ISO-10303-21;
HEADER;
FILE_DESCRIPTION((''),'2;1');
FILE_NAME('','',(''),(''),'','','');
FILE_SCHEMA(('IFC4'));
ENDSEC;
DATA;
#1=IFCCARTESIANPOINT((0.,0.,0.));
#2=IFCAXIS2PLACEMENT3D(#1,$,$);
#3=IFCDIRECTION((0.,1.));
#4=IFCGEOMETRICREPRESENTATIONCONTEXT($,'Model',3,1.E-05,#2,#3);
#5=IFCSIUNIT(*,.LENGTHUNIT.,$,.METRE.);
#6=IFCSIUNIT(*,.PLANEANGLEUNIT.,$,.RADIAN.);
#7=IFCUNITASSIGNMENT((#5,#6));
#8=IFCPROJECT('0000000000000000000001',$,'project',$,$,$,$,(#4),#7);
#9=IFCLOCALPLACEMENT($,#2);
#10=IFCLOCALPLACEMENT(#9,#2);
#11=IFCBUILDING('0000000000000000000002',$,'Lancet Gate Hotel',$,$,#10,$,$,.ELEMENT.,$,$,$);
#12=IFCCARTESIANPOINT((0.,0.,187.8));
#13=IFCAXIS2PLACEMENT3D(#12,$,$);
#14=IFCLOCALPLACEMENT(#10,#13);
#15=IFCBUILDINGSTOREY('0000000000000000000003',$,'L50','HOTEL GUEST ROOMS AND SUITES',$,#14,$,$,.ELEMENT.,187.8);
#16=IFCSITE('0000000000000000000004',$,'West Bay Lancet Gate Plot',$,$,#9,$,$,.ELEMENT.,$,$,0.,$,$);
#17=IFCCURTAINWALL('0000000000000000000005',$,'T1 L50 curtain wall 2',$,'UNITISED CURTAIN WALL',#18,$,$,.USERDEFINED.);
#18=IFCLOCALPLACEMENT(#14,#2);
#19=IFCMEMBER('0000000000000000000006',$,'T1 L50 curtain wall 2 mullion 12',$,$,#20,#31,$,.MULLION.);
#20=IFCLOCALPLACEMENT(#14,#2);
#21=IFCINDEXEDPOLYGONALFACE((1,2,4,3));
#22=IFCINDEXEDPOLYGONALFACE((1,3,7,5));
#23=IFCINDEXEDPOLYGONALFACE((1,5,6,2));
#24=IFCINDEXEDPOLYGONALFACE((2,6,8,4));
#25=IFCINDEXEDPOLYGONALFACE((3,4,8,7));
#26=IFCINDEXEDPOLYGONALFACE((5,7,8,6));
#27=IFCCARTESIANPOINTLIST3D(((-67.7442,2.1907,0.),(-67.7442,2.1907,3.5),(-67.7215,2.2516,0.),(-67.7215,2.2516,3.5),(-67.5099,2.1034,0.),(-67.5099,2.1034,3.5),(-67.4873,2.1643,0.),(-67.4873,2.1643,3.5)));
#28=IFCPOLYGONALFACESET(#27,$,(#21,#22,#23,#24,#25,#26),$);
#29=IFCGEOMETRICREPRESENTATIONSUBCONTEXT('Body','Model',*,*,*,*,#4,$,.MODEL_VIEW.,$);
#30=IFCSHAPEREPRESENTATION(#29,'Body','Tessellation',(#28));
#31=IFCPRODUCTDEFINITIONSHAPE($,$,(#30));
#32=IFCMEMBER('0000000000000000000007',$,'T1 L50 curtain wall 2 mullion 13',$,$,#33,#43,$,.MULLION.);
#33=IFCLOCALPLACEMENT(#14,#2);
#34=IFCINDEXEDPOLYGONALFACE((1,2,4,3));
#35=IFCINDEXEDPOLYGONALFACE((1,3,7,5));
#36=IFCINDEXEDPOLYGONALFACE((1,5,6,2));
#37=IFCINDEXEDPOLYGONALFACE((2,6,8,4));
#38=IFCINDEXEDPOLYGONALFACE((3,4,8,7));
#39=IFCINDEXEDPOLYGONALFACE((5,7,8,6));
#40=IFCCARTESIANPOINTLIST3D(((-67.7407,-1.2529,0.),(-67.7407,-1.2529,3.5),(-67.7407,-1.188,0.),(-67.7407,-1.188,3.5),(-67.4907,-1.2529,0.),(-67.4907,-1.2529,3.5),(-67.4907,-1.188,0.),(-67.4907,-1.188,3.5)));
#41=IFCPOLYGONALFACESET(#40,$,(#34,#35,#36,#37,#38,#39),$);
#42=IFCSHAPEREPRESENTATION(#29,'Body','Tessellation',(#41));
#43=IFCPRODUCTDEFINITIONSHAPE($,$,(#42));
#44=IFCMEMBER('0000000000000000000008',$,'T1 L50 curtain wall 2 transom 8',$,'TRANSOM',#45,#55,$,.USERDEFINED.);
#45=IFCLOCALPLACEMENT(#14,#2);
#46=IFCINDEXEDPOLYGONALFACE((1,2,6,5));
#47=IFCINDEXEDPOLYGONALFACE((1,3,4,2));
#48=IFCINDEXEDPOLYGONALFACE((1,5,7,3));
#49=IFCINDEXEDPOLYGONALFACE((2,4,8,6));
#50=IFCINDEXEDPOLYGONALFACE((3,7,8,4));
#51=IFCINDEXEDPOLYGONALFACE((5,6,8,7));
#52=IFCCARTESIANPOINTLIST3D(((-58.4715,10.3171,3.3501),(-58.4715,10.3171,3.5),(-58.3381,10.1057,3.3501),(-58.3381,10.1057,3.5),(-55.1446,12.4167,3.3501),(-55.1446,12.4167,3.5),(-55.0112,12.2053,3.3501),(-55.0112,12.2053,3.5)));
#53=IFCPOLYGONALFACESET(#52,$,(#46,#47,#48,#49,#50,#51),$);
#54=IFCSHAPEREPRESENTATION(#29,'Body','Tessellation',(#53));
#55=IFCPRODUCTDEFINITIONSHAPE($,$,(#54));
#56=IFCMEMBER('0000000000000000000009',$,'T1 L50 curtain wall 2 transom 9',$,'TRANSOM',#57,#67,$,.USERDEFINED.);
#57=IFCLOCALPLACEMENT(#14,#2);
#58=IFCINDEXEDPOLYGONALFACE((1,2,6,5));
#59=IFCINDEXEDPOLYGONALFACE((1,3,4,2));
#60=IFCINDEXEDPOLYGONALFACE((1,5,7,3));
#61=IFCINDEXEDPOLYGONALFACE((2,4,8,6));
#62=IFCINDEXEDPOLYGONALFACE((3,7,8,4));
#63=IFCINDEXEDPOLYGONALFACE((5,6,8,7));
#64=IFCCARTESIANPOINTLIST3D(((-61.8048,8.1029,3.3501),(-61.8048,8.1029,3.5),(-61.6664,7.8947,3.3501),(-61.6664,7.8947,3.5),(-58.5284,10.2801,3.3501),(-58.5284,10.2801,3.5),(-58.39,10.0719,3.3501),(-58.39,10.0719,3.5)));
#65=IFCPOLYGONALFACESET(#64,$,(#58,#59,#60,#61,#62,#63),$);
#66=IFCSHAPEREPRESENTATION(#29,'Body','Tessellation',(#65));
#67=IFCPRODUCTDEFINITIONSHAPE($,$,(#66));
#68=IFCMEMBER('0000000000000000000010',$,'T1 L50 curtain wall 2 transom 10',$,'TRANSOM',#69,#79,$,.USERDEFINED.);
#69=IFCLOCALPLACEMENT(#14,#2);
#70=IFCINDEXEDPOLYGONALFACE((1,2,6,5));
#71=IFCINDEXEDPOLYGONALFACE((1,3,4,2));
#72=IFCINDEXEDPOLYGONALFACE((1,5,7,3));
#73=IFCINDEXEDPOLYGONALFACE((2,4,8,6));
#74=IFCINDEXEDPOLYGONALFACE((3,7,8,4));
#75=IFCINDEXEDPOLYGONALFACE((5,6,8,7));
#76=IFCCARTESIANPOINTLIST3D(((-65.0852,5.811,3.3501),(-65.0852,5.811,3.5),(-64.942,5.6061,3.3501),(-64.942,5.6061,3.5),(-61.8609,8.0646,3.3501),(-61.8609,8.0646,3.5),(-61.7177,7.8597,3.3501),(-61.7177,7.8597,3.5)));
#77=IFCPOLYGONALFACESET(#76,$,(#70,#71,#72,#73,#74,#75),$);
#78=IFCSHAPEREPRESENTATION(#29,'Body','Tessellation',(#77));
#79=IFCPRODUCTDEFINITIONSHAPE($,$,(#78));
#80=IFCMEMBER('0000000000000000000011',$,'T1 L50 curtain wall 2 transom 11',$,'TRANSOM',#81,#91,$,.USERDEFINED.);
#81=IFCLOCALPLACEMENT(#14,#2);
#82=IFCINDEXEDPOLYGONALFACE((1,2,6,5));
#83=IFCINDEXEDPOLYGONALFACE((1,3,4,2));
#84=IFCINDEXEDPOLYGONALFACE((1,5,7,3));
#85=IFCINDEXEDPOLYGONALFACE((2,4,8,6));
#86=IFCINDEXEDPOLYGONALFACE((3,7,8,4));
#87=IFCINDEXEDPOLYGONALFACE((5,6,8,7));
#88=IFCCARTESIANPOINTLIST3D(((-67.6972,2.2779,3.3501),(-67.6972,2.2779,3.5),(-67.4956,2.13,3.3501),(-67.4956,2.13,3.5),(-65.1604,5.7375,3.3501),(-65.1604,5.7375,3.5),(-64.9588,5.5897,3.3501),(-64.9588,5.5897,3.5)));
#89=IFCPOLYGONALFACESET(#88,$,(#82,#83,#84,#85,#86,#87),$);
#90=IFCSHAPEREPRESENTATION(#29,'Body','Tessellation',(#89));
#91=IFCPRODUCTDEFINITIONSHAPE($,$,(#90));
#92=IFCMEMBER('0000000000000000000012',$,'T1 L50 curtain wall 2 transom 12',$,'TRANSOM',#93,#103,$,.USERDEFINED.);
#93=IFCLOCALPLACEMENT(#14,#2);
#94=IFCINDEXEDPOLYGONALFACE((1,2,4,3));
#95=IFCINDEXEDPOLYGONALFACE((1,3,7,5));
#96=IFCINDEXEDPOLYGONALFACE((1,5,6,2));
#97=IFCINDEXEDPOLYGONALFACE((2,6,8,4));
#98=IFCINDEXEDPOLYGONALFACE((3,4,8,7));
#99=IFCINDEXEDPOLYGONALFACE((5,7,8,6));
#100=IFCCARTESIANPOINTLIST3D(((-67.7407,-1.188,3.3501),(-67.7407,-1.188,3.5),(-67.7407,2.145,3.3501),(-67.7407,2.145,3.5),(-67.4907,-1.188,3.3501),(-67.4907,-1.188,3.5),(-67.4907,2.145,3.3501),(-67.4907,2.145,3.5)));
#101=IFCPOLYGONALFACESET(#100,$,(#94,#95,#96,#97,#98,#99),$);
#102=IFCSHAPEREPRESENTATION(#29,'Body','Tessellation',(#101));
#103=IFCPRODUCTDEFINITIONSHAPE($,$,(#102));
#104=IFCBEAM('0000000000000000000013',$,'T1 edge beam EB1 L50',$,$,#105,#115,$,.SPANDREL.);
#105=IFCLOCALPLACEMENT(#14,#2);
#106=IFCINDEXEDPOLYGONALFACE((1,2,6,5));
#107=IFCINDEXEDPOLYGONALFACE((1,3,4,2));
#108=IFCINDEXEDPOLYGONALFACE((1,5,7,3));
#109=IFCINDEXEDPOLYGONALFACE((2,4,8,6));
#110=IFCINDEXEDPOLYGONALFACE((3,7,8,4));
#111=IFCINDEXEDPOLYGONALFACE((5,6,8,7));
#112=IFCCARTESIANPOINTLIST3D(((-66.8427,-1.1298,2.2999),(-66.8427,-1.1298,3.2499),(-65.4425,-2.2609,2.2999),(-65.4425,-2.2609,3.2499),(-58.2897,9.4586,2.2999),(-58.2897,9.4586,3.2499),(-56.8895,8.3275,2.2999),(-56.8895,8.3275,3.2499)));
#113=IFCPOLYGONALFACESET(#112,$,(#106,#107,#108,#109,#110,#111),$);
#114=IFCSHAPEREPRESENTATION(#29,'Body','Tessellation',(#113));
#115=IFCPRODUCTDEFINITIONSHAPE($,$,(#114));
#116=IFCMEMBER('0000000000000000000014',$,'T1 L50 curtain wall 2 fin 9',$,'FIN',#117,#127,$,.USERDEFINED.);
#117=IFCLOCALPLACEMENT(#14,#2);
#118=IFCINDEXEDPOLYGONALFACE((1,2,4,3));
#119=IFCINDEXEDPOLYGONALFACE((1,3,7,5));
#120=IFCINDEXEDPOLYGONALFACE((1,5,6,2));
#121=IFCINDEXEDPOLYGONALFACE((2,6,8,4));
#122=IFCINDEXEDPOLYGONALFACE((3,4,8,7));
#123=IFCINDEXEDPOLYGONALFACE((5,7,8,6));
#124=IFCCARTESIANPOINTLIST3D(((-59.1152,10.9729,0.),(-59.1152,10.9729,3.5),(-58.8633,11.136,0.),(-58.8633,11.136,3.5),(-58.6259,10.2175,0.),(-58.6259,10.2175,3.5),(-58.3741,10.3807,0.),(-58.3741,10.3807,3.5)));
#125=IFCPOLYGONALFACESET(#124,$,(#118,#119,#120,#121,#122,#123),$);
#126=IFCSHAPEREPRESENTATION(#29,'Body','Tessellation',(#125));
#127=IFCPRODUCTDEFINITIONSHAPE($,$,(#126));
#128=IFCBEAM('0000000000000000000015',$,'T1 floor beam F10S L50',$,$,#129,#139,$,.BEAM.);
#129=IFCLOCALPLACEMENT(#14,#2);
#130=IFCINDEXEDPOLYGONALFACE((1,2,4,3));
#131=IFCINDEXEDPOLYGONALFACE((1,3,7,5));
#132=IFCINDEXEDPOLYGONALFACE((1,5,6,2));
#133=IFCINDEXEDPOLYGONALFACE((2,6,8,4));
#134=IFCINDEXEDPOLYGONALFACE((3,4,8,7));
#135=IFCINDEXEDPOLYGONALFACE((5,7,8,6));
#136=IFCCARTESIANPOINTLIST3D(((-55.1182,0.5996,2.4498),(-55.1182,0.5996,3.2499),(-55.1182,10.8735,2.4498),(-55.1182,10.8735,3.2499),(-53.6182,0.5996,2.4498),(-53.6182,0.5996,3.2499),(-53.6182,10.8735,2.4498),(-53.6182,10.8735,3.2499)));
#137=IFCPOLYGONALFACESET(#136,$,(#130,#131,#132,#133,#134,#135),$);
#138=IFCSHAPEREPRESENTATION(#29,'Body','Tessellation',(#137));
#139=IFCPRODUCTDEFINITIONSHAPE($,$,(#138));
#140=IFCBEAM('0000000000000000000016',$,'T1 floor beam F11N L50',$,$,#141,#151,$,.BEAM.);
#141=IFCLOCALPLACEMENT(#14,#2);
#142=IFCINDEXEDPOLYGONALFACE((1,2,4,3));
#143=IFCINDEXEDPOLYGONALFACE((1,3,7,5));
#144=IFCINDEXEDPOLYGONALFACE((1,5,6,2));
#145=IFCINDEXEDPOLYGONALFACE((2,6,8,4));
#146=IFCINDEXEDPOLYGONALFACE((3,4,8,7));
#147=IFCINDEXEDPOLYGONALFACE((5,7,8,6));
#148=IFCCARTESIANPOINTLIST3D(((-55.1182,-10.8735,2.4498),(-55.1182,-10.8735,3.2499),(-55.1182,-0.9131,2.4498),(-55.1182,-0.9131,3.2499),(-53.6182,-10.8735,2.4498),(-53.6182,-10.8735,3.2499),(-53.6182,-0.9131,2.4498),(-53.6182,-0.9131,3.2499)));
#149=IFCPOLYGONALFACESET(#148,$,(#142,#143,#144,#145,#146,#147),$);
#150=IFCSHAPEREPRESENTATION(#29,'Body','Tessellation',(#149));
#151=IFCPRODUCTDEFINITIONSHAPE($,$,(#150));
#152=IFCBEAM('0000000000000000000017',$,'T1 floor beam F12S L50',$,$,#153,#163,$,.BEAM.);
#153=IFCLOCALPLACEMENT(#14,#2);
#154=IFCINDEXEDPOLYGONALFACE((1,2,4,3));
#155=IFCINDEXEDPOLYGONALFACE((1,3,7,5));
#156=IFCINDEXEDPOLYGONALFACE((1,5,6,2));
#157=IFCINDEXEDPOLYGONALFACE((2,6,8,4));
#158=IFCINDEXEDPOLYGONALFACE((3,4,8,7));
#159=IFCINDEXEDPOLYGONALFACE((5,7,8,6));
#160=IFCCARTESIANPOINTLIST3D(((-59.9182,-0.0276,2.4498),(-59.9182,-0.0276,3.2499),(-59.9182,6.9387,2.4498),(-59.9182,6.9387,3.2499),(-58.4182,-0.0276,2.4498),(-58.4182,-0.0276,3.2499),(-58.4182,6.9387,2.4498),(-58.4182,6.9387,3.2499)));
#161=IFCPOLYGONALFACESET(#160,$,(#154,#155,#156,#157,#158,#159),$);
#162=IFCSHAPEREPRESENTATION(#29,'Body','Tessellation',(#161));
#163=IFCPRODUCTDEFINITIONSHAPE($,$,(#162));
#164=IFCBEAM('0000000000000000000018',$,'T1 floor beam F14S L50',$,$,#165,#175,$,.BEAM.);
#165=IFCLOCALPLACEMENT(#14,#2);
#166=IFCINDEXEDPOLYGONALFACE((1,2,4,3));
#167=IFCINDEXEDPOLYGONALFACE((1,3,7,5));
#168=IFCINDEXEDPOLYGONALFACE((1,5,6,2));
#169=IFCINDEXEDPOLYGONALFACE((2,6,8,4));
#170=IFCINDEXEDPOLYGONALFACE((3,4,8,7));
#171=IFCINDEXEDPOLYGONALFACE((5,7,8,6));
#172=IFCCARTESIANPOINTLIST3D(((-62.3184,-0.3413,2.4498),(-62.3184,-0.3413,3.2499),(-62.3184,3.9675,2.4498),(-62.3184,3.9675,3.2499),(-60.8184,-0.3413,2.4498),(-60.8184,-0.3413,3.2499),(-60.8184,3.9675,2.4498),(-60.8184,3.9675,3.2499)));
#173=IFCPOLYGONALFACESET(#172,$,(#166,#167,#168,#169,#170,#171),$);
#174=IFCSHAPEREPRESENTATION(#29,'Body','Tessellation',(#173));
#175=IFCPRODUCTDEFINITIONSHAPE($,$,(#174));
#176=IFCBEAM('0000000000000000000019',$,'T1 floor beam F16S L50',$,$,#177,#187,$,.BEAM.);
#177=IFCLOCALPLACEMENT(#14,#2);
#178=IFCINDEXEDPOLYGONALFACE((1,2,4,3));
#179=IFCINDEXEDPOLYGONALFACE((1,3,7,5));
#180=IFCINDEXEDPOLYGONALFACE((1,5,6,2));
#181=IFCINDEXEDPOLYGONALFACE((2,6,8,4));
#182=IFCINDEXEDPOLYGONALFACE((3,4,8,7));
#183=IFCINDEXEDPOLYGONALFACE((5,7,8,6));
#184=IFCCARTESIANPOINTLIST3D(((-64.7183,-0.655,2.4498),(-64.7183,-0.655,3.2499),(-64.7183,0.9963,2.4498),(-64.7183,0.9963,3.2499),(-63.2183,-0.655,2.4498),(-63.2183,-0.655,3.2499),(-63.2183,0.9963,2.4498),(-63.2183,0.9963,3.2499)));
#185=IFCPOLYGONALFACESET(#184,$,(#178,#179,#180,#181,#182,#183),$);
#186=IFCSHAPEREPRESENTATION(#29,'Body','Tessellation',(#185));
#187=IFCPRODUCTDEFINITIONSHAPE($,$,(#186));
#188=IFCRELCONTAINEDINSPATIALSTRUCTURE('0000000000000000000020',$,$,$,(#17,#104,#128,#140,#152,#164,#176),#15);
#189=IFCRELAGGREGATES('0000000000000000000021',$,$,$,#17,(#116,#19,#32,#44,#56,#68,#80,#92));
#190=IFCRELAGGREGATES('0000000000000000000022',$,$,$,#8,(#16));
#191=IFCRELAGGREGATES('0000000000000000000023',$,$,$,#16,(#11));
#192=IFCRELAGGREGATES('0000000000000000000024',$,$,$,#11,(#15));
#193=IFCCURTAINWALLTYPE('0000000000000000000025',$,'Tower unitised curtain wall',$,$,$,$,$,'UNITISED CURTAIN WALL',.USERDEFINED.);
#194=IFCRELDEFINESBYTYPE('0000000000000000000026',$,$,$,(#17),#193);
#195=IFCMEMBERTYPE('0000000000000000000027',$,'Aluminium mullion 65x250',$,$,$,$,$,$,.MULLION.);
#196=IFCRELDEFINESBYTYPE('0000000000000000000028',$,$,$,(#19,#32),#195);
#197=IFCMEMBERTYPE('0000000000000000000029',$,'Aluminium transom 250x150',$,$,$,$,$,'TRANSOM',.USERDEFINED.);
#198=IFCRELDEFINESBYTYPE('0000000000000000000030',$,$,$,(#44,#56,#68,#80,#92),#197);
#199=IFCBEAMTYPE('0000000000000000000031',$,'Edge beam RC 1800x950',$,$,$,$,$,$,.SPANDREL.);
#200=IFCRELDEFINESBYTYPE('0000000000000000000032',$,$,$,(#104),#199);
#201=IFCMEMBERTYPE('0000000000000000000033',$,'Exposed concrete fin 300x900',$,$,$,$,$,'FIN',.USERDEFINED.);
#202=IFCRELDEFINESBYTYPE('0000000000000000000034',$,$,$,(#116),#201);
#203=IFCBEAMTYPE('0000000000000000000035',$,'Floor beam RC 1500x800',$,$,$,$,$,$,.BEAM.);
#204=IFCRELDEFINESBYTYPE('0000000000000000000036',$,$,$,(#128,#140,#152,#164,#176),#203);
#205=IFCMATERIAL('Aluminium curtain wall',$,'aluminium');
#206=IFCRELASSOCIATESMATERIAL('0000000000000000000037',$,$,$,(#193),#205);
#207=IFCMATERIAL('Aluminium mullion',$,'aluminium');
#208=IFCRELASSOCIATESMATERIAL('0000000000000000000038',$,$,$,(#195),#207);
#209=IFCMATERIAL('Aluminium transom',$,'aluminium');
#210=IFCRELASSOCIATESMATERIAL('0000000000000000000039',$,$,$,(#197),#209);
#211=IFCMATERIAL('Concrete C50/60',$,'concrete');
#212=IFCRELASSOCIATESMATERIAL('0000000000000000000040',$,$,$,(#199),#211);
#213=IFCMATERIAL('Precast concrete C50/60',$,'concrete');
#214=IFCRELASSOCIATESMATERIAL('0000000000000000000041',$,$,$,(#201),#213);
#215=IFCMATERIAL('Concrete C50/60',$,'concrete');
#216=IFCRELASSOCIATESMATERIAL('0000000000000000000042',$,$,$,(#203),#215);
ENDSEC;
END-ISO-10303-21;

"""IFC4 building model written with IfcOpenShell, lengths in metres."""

from ifc_helpers import new_model, si_unit, direction, frame, origin, origin_2d, place, context, subcontext, project, spatial, rectangle, extrude, material, material_profile, profile_set, type_object, element, aggregate, save


model = new_model("IFC4")

# Units and contexts
model_context = context("Model", 3, precision=1e-05, world=origin(), true_north=direction((0.0, 1.0)))
body_context = subcontext(model_context, "Body", "Model", "MODEL_VIEW")
ifc_project = project(units=[si_unit("LENGTHUNIT", "METRE"), si_unit("PLANEANGLEUNIT", "RADIAN")], contexts=[model_context])

# Site, building, storey
site_placement = place(None, origin())
site = spatial("IfcSite", under=ifc_project, at=site_placement, Name="West Bay Lancet Gate Plot", CompositionType="ELEMENT", RefElevation=0.0)
building_placement = place(site_placement, origin())
building = spatial("IfcBuilding", under=site, at=building_placement, Name="Lancet Gate Hotel", CompositionType="ELEMENT")
storey_placement = place(building_placement, frame((0.0, 0.0, 187.8)))
storey = spatial("IfcBuildingStorey", under=building, at=storey_placement, Name="L50", Description="HOTEL GUEST ROOMS AND SUITES", CompositionType="ELEMENT", Elevation=187.8)

# Curtain wall, members
ifc_material_1 = material(Name="Aluminium curtain wall", Category="aluminium")
curtain_wall_type = type_object("IfcCurtainWallType", Name="Tower unitised curtain wall", ElementType="UNITISED CURTAIN WALL", PredefinedType="USERDEFINED", material=ifc_material_1)
curtain_wall_placement = place(storey_placement, origin())
curtain_wall = element("IfcCurtainWall", 1, at=curtain_wall_placement, inside=storey, type_object=curtain_wall_type, Name="T1 L50 curtain wall 2", ObjectType="UNITISED CURTAIN WALL", PredefinedType="USERDEFINED")
ifc_material_2 = material(Name="Aluminium mullion", Category="aluminium")
ifc_material_profile_1 = material_profile(ifc_material_2, rectangle(XDim=0.0649, YDim=0.25, at=origin_2d()), Name="MULLION 65x250")
ifc_profile_set_1 = profile_set([ifc_material_profile_1], Name="Aluminium mullion")
member_type_1 = type_object("IfcMemberType", Name="Aluminium mullion 65x250", PredefinedType="MULLION", material=ifc_profile_set_1)
member_1_placement = place(storey_placement, frame((-67.6157, 2.1775, 0.0), z_axis=(0.0, 0.0, 1.0), x_axis=(-0.349199, -0.937048, 0.0)))
member_1 = element("IfcMember", 2, at=member_1_placement, type_object=member_type_1, Name="T1 L50 curtain wall 2 mullion 12", PredefinedType="MULLION", context=body_context, shape_type="SweptSolid", body=[
    extrude(rectangle(XDim=0.0649, YDim=0.25, at=origin_2d()), origin(), (0.0, 0.0, 1.0), 3.5),
])
member_2_placement = place(storey_placement, frame((-67.6157, -1.2205, 0.0), z_axis=(0.0, 0.0, 1.0), x_axis=(0.0, -1.0, 0.0)))
member_2 = element("IfcMember", 3, at=member_2_placement, type_object=member_type_1, Name="T1 L50 curtain wall 2 mullion 13", PredefinedType="MULLION", context=body_context, shape_type="SweptSolid", body=[
    extrude(rectangle(XDim=0.0649, YDim=0.25, at=origin_2d()), origin(), (0.0, 0.0, 1.0), 3.5),
])
ifc_material_3 = material(Name="Aluminium transom", Category="aluminium")
ifc_material_profile_2 = material_profile(ifc_material_3, rectangle(XDim=0.25, YDim=0.1499, at=origin_2d()), Name="TRANSOM 250x150")
ifc_profile_set_2 = profile_set([ifc_material_profile_2], Name="Aluminium transom")
member_type_2 = type_object("IfcMemberType", Name="Aluminium transom 250x150", ElementType="TRANSOM", PredefinedType="USERDEFINED", material=ifc_profile_set_2)
member_3_placement = place(storey_placement, frame((-55.0779, 12.311, 3.425), z_axis=(-0.845672, -0.533703, 0.0), x_axis=(0.533703, -0.845672, 0.0)))
member_3 = element("IfcMember", 4, at=member_3_placement, type_object=member_type_2, Name="T1 L50 curtain wall 2 transom 8", ObjectType="TRANSOM", PredefinedType="USERDEFINED", context=body_context, shape_type="SweptSolid", body=[
    extrude(rectangle(XDim=0.25, YDim=0.1499, at=origin_2d()), origin(), (0.0, 0.0, 1.0), 3.9341),
])
member_4_placement = place(storey_placement, frame((-58.4592, 10.176, 3.425), z_axis=(-0.832871, -0.553468, 0.0), x_axis=(0.553468, -0.832871, 0.0)))
member_4 = element("IfcMember", 5, at=member_4_placement, type_object=member_type_2, Name="T1 L50 curtain wall 2 transom 9", ObjectType="TRANSOM", PredefinedType="USERDEFINED", context=body_context, shape_type="SweptSolid", body=[
    extrude(rectangle(XDim=0.25, YDim=0.1499, at=origin_2d()), origin(), (0.0, 0.0, 1.0), 3.9338),
])
member_5_placement = place(storey_placement, frame((-61.7893, 7.9622, 3.425), z_axis=(-0.819637, -0.572883, 0.0), x_axis=(0.572883, -0.819637, 0.0)))
member_5 = element("IfcMember", 6, at=member_5_placement, type_object=member_type_2, Name="T1 L50 curtain wall 2 transom 10", ObjectType="TRANSOM", PredefinedType="USERDEFINED", context=body_context, shape_type="SweptSolid", body=[
    extrude(rectangle(XDim=0.25, YDim=0.1499, at=origin_2d()), origin(), (0.0, 0.0, 1.0), 3.9338),
])
member_6_placement = place(storey_placement, frame((-65.0596, 5.6636, 3.425), z_axis=(-0.591324, -0.806434, 0.0), x_axis=(0.806434, -0.591324, 0.0)))
member_6 = element("IfcMember", 7, at=member_6_placement, type_object=member_type_2, Name="T1 L50 curtain wall 2 transom 11", ObjectType="TRANSOM", PredefinedType="USERDEFINED", context=body_context, shape_type="SweptSolid", body=[
    extrude(rectangle(XDim=0.25, YDim=0.1499, at=origin_2d()), origin(), (0.0, 0.0, 1.0), 4.29),
])
member_7_placement = place(storey_placement, frame((-67.6157, 2.145, 3.425), z_axis=(0.0, -1.0, 0.0), x_axis=(1.0, 0.0, 0.0)))
member_7 = element("IfcMember", 8, at=member_7_placement, type_object=member_type_2, Name="T1 L50 curtain wall 2 transom 12", ObjectType="TRANSOM", PredefinedType="USERDEFINED", context=body_context, shape_type="SweptSolid", body=[
    extrude(rectangle(XDim=0.25, YDim=0.1499, at=origin_2d()), origin(), (0.0, 0.0, 1.0), 3.333),
])

# Beam
ifc_material_4 = material(Name="Concrete C50/60", Category="concrete")
ifc_material_profile_3 = material_profile(ifc_material_4, rectangle(XDim=1.8, YDim=0.95, at=origin_2d()), Name="RC 1800x950")
ifc_profile_set_3 = profile_set([ifc_material_profile_3], Name="Concrete C50/60")
beam_type_1 = type_object("IfcBeamType", Name="Edge beam RC 1800x950", PredefinedType="SPANDREL", material=ifc_profile_set_3)
beam_1_placement = place(storey_placement, frame((-57.5896, 8.8931, 2.7749), z_axis=(-0.628374, -0.777912, 0.0), x_axis=(0.777912, -0.628374, 0.0)))
element("IfcBeam", 9, at=beam_1_placement, inside=storey, type_object=beam_type_1, Name="T1 edge beam EB1 L50", PredefinedType="SPANDREL", context=body_context, shape_type="SweptSolid", body=[
    extrude(rectangle(XDim=1.8, YDim=0.95, at=origin_2d()), origin(), (0.0, 0.0, 1.0), 13.6113),
])

# Member
ifc_material_5 = material(Name="Precast concrete C50/60", Category="concrete")
ifc_material_profile_4 = material_profile(ifc_material_5, rectangle(XDim=0.3, YDim=0.8999, at=origin_2d()), Name="FIN 300x900")
ifc_profile_set_4 = profile_set([ifc_material_profile_4], Name="Precast concrete C50/60")
member_type_3 = type_object("IfcMemberType", Name="Exposed concrete fin 300x900", ElementType="FIN", PredefinedType="USERDEFINED", material=ifc_profile_set_4)
member_8_placement = place(storey_placement, frame((-58.7446, 10.6768, 0.0), z_axis=(0.0, 0.0, 1.0), x_axis=(-0.839331, -0.543621, 0.0)))
member_8 = element("IfcMember", 10, at=member_8_placement, type_object=member_type_3, Name="T1 L50 curtain wall 2 fin 9", ObjectType="FIN", PredefinedType="USERDEFINED", context=body_context, shape_type="SweptSolid", body=[
    extrude(rectangle(XDim=0.3, YDim=0.8999, at=origin_2d()), origin(), (0.0, 0.0, 1.0), 3.5),
])

# Beams
ifc_material_6 = material(Name="Concrete C50/60", Category="concrete")
ifc_material_profile_5 = material_profile(ifc_material_6, rectangle(XDim=1.5, YDim=0.8, at=origin_2d()), Name="RC 1500x800")
ifc_profile_set_5 = profile_set([ifc_material_profile_5], Name="Concrete C50/60")
beam_type_2 = type_object("IfcBeamType", Name="Floor beam RC 1500x800", PredefinedType="BEAM", material=ifc_profile_set_5)
beam_2_placement = place(storey_placement, frame((-54.3682, 10.8735, 2.8499), z_axis=(0.0, -1.0, 0.0), x_axis=(1.0, 0.0, 0.0)))
element("IfcBeam", 11, at=beam_2_placement, inside=storey, type_object=beam_type_2, Name="T1 floor beam F10S L50", PredefinedType="BEAM", context=body_context, shape_type="SweptSolid", body=[
    extrude(rectangle(XDim=1.5, YDim=0.8, at=origin_2d()), origin(), (0.0, 0.0, 1.0), 10.2739),
])
beam_3_placement = place(storey_placement, frame((-54.3682, -0.9131, 2.8499), z_axis=(0.0, -1.0, 0.0), x_axis=(1.0, 0.0, 0.0)))
element("IfcBeam", 12, at=beam_3_placement, inside=storey, type_object=beam_type_2, Name="T1 floor beam F11N L50", PredefinedType="BEAM", context=body_context, shape_type="SweptSolid", body=[
    extrude(rectangle(XDim=1.5, YDim=0.8, at=origin_2d()), origin(), (0.0, 0.0, 1.0), 9.9604),
])
beam_4_placement = place(storey_placement, frame((-59.1682, 6.9387, 2.8499), z_axis=(0.0, -1.0, 0.0), x_axis=(1.0, 0.0, 0.0)))
element("IfcBeam", 13, at=beam_4_placement, inside=storey, type_object=beam_type_2, Name="T1 floor beam F12S L50", PredefinedType="BEAM", context=body_context, shape_type="SweptSolid", body=[
    extrude(rectangle(XDim=1.5, YDim=0.8, at=origin_2d()), origin(), (0.0, 0.0, 1.0), 6.9663),
])
beam_5_placement = place(storey_placement, frame((-61.5684, 3.9675, 2.8499), z_axis=(0.0, -1.0, 0.0), x_axis=(1.0, 0.0, 0.0)))
element("IfcBeam", 14, at=beam_5_placement, inside=storey, type_object=beam_type_2, Name="T1 floor beam F14S L50", PredefinedType="BEAM", context=body_context, shape_type="SweptSolid", body=[
    extrude(rectangle(XDim=1.5, YDim=0.8, at=origin_2d()), origin(), (0.0, 0.0, 1.0), 4.3088),
])
beam_6_placement = place(storey_placement, frame((-63.9683, 0.9963, 2.8499), z_axis=(0.0, -1.0, 0.0), x_axis=(1.0, 0.0, 0.0)))
element("IfcBeam", 15, at=beam_6_placement, inside=storey, type_object=beam_type_2, Name="T1 floor beam F16S L50", PredefinedType="BEAM", context=body_context, shape_type="SweptSolid", body=[
    extrude(rectangle(XDim=1.5, YDim=0.8, at=origin_2d()), origin(), (0.0, 0.0, 1.0), 1.6514),
])

aggregate(curtain_wall, [member_8, member_1, member_2, member_3, member_4, member_5, member_6, member_7])

save(model, "model.ifc")
